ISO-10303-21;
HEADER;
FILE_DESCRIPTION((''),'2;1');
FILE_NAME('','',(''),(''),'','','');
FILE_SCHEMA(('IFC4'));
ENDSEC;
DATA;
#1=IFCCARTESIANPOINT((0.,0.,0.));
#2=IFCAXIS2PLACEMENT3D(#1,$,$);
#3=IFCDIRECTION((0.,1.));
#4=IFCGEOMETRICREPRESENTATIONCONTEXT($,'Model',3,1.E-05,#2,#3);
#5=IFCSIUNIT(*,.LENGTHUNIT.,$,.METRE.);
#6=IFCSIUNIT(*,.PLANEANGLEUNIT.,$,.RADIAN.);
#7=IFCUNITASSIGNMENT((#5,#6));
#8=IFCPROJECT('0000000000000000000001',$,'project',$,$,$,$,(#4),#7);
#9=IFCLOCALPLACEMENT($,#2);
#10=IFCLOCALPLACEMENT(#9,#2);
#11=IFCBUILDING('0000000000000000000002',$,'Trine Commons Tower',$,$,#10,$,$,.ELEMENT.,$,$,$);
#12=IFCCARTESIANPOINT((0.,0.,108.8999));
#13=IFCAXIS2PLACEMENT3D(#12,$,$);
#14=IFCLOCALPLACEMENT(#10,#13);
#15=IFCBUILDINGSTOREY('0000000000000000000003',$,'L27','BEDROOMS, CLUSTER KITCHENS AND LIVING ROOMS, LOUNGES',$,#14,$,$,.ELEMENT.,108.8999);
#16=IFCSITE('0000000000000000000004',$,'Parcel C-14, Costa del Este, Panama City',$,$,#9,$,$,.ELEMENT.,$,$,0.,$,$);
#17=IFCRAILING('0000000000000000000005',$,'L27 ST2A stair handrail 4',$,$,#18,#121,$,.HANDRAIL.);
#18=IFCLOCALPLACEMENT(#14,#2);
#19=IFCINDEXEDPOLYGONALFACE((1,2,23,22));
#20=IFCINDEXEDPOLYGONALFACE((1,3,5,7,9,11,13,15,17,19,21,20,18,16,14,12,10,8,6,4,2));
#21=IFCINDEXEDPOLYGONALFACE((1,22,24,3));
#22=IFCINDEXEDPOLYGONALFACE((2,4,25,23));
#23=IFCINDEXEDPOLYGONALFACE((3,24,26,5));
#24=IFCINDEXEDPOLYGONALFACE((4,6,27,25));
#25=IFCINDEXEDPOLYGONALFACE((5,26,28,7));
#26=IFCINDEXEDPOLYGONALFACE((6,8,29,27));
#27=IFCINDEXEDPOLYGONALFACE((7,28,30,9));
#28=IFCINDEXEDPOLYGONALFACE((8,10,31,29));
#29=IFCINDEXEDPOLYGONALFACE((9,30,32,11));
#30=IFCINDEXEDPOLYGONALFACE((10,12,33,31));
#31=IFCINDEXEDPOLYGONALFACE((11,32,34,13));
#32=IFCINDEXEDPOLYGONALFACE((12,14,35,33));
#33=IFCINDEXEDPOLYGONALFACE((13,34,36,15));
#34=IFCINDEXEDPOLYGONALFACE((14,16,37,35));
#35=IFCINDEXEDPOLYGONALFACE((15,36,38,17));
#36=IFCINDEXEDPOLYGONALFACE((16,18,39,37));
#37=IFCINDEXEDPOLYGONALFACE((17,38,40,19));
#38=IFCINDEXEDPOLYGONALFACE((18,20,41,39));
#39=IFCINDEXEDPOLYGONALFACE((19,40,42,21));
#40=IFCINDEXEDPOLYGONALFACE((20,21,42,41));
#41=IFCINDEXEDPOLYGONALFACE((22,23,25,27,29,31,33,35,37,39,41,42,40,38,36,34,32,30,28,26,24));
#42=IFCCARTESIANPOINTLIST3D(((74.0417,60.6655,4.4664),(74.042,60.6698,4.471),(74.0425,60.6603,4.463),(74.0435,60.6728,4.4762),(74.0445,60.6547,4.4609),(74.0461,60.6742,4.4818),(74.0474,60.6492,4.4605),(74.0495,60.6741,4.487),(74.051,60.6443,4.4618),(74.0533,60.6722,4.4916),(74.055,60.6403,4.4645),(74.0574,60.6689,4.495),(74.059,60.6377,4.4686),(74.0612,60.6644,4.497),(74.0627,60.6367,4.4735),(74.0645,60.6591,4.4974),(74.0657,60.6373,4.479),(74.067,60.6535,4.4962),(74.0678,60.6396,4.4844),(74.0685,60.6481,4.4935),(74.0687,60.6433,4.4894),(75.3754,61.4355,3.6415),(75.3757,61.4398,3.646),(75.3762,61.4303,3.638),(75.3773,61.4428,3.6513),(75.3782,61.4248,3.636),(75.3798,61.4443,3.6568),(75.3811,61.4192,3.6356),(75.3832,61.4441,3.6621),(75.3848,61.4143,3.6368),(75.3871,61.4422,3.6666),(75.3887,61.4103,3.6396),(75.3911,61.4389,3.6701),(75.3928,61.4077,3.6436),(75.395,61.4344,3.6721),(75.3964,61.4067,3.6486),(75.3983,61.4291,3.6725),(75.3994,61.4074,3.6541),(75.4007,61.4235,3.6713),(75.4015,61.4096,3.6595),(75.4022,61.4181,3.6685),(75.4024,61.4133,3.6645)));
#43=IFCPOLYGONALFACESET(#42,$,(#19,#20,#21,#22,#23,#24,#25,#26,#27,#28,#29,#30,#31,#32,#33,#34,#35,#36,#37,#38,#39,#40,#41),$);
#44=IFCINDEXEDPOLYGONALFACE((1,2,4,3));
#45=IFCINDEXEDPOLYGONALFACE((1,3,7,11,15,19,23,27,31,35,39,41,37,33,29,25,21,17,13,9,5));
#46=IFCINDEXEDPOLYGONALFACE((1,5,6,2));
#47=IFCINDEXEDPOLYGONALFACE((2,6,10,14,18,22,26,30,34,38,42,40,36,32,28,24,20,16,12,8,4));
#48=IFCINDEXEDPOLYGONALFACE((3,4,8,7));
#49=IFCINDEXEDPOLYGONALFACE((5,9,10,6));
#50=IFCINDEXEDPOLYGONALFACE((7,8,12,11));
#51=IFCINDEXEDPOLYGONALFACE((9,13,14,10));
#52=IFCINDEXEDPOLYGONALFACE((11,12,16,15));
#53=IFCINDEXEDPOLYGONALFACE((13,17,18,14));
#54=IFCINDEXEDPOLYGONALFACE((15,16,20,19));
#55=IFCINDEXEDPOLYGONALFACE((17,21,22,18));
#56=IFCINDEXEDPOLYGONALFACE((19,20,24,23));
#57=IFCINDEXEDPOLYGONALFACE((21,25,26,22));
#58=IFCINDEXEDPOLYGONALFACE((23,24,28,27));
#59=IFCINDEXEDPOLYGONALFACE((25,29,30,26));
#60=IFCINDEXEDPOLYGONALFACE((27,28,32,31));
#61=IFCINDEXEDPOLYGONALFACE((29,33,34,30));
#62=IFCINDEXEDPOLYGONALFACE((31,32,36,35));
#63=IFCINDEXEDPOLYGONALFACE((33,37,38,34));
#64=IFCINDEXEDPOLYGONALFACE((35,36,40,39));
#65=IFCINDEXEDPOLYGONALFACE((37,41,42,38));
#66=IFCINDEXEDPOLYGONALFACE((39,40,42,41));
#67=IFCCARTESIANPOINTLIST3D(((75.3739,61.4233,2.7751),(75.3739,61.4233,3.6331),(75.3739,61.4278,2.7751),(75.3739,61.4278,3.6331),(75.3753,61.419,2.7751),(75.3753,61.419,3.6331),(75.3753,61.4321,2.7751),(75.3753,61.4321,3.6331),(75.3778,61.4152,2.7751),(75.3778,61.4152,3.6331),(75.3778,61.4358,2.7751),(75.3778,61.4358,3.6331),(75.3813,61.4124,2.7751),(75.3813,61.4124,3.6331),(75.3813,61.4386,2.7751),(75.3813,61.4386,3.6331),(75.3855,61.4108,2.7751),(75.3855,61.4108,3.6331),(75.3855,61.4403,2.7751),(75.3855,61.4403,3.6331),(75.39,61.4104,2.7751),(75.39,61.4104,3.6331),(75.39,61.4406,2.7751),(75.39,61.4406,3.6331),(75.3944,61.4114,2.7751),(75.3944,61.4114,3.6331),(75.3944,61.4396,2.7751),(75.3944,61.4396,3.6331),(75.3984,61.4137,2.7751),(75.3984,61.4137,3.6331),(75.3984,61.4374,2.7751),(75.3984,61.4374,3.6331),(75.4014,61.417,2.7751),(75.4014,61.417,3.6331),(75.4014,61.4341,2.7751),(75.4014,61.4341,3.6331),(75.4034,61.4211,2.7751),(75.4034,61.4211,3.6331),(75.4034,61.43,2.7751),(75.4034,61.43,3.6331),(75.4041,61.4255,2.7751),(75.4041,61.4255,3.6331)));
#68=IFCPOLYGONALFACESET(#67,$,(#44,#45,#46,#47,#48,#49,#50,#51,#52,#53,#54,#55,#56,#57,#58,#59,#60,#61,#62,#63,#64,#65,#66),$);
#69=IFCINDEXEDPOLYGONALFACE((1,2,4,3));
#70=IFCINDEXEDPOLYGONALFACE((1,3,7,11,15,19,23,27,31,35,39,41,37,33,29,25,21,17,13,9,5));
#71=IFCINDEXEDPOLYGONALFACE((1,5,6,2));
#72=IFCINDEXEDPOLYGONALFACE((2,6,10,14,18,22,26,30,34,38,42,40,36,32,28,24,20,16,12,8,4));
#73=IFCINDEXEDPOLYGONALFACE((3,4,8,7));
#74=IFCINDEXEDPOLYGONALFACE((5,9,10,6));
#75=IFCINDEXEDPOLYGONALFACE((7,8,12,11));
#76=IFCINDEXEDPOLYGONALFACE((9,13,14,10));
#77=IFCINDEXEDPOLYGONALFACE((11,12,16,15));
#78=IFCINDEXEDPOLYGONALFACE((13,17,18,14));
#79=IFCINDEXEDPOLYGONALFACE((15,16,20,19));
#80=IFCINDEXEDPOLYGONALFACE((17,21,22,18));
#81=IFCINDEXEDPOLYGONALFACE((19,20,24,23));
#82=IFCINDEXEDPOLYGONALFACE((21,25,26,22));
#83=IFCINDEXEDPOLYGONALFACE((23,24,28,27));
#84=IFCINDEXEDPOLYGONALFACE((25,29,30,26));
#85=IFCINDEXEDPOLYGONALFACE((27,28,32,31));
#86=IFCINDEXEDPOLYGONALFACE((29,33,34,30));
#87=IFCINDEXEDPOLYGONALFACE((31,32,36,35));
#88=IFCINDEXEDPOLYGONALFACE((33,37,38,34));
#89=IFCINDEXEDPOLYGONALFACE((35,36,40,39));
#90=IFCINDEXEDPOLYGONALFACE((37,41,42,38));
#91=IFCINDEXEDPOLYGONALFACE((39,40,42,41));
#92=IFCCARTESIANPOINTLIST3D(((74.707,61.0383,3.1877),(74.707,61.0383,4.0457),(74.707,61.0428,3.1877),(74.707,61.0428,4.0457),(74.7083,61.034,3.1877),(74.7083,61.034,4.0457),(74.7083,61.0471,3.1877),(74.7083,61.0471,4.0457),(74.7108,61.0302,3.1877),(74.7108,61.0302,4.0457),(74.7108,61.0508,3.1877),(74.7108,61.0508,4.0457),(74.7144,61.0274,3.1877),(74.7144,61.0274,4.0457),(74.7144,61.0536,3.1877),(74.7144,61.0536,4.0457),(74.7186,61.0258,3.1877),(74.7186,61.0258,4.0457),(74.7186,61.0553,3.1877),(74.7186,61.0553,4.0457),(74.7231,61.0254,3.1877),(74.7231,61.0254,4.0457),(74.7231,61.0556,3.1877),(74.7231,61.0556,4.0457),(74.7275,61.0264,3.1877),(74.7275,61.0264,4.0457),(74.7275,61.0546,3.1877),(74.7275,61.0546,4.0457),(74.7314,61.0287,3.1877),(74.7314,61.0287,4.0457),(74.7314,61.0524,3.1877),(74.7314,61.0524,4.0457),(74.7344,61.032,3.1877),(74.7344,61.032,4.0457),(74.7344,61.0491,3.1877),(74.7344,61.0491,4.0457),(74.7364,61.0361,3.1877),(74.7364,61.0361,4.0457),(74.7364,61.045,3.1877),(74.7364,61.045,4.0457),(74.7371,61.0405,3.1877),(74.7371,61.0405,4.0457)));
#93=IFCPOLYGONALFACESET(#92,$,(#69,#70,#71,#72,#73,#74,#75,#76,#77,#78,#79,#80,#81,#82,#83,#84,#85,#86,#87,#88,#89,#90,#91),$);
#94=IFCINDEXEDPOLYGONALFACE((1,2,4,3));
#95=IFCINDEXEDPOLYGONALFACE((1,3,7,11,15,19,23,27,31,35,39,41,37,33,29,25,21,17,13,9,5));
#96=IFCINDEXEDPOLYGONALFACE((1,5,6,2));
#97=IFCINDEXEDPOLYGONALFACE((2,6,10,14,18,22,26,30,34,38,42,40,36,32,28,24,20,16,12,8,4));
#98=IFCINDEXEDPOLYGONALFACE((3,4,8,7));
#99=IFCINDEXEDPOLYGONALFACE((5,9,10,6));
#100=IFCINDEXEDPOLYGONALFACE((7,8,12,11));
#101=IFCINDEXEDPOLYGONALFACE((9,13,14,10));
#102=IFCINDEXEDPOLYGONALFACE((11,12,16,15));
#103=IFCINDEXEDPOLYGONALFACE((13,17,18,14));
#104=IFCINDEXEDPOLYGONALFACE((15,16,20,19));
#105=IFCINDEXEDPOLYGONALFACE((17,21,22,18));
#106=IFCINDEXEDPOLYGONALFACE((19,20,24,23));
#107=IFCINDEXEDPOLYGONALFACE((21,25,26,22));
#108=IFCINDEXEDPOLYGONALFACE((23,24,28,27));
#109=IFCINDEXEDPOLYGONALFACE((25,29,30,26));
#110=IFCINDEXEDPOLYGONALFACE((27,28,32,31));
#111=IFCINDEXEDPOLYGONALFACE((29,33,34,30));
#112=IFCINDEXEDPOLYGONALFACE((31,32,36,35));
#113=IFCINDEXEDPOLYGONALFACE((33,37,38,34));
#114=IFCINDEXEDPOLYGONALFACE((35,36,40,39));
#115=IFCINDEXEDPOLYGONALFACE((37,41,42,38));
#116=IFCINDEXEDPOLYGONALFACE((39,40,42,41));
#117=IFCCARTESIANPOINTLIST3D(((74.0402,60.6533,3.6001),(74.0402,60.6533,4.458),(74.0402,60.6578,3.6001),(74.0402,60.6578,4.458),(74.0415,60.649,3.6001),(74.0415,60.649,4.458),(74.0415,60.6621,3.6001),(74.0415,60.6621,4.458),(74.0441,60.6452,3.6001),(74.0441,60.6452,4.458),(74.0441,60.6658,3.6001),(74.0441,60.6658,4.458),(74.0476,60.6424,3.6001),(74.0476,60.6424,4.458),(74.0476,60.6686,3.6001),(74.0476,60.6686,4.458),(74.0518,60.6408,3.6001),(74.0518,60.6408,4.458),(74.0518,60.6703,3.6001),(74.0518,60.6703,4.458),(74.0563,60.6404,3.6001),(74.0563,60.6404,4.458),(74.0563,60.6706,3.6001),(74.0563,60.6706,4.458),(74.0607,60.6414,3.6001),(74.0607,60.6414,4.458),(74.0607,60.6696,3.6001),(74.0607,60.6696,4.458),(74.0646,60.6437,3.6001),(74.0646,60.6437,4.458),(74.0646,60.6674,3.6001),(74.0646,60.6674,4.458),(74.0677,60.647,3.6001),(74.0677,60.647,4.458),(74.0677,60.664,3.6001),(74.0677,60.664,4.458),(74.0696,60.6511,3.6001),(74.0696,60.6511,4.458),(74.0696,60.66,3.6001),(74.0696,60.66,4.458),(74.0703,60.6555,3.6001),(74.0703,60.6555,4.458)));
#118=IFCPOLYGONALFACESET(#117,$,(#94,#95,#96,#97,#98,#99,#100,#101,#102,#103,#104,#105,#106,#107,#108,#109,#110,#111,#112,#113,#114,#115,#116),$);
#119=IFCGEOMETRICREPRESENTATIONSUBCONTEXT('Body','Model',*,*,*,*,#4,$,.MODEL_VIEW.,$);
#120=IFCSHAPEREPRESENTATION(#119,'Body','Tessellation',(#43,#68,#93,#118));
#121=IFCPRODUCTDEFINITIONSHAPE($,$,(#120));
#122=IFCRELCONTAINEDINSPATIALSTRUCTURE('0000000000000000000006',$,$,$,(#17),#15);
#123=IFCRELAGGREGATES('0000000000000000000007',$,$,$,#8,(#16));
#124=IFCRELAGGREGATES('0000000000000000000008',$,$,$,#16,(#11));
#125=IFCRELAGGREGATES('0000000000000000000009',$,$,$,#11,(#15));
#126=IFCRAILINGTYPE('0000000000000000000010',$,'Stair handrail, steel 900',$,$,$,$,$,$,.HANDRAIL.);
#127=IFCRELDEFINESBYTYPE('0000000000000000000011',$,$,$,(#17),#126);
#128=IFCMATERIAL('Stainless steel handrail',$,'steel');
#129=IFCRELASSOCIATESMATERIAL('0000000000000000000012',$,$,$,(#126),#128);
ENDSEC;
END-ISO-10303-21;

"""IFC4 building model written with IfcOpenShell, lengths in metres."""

from ifc_helpers import new_model, si_unit, direction, frame, origin, origin_2d, place, context, subcontext, project, spatial, circle, extrude, material, type_object, element, save


model = new_model("IFC4")

# Units and contexts
model_context = context("Model", 3, precision=1e-05, world=origin(), true_north=direction((0.0, 1.0)))
body_context = subcontext(model_context, "Body", "Model", "MODEL_VIEW")
ifc_project = project(units=[si_unit("LENGTHUNIT", "METRE"), si_unit("PLANEANGLEUNIT", "RADIAN")], contexts=[model_context])

# Site, building, storey
site_placement = place(None, origin())
site = spatial("IfcSite", under=ifc_project, at=site_placement, Name="Parcel C-14, Costa del Este, Panama City", CompositionType="ELEMENT", RefElevation=0.0)
building_placement = place(site_placement, origin())
building = spatial("IfcBuilding", under=site, at=building_placement, Name="Trine Commons Tower", CompositionType="ELEMENT")
storey_placement = place(building_placement, frame((0.0, 0.0, 108.8999)))
storey = spatial("IfcBuildingStorey", under=building, at=storey_placement, Name="L27", Description="BEDROOMS, CLUSTER KITCHENS AND LIVING ROOMS, LOUNGES", CompositionType="ELEMENT", Elevation=108.8999)

# Railing
ifc_material_1 = material(Name="Stainless steel handrail", Category="steel")
railing_type_1 = type_object("IfcRailingType", Name="Stair handrail, steel 900", PredefinedType="HANDRAIL", material=ifc_material_1)
railing_1_placement = place(storey_placement, frame((75.3889, 61.4255, 2.7751)))
element("IfcRailing", 1, at=railing_1_placement, inside=storey, type_object=railing_type_1, Name="L27 ST2A stair handrail 4", PredefinedType="HANDRAIL", context=body_context, shape_type="SweptSolid", body=[
    extrude(circle(Radius=0.021, at=origin_2d()), frame((0.0, 0.0, 0.8789), z_axis=(-0.763405, -0.440743, 0.472185), x_axis=(0.499992, -0.86603, 0.0)), (0.0, 0.0, 1.0), 1.7471),
    extrude(circle(Radius=0.0151, at=origin_2d()), origin(), (0.0, 0.0, 1.0), 0.8579),
    extrude(circle(Radius=0.0151, at=origin_2d()), frame((-0.667, -0.385, 0.4126)), (0.0, 0.0, 1.0), 0.8579),
    extrude(circle(Radius=0.0151, at=origin_2d()), frame((-1.3337, -0.77, 0.825)), (0.0, 0.0, 1.0), 0.8579),
])

save(model, "model.ifc")
